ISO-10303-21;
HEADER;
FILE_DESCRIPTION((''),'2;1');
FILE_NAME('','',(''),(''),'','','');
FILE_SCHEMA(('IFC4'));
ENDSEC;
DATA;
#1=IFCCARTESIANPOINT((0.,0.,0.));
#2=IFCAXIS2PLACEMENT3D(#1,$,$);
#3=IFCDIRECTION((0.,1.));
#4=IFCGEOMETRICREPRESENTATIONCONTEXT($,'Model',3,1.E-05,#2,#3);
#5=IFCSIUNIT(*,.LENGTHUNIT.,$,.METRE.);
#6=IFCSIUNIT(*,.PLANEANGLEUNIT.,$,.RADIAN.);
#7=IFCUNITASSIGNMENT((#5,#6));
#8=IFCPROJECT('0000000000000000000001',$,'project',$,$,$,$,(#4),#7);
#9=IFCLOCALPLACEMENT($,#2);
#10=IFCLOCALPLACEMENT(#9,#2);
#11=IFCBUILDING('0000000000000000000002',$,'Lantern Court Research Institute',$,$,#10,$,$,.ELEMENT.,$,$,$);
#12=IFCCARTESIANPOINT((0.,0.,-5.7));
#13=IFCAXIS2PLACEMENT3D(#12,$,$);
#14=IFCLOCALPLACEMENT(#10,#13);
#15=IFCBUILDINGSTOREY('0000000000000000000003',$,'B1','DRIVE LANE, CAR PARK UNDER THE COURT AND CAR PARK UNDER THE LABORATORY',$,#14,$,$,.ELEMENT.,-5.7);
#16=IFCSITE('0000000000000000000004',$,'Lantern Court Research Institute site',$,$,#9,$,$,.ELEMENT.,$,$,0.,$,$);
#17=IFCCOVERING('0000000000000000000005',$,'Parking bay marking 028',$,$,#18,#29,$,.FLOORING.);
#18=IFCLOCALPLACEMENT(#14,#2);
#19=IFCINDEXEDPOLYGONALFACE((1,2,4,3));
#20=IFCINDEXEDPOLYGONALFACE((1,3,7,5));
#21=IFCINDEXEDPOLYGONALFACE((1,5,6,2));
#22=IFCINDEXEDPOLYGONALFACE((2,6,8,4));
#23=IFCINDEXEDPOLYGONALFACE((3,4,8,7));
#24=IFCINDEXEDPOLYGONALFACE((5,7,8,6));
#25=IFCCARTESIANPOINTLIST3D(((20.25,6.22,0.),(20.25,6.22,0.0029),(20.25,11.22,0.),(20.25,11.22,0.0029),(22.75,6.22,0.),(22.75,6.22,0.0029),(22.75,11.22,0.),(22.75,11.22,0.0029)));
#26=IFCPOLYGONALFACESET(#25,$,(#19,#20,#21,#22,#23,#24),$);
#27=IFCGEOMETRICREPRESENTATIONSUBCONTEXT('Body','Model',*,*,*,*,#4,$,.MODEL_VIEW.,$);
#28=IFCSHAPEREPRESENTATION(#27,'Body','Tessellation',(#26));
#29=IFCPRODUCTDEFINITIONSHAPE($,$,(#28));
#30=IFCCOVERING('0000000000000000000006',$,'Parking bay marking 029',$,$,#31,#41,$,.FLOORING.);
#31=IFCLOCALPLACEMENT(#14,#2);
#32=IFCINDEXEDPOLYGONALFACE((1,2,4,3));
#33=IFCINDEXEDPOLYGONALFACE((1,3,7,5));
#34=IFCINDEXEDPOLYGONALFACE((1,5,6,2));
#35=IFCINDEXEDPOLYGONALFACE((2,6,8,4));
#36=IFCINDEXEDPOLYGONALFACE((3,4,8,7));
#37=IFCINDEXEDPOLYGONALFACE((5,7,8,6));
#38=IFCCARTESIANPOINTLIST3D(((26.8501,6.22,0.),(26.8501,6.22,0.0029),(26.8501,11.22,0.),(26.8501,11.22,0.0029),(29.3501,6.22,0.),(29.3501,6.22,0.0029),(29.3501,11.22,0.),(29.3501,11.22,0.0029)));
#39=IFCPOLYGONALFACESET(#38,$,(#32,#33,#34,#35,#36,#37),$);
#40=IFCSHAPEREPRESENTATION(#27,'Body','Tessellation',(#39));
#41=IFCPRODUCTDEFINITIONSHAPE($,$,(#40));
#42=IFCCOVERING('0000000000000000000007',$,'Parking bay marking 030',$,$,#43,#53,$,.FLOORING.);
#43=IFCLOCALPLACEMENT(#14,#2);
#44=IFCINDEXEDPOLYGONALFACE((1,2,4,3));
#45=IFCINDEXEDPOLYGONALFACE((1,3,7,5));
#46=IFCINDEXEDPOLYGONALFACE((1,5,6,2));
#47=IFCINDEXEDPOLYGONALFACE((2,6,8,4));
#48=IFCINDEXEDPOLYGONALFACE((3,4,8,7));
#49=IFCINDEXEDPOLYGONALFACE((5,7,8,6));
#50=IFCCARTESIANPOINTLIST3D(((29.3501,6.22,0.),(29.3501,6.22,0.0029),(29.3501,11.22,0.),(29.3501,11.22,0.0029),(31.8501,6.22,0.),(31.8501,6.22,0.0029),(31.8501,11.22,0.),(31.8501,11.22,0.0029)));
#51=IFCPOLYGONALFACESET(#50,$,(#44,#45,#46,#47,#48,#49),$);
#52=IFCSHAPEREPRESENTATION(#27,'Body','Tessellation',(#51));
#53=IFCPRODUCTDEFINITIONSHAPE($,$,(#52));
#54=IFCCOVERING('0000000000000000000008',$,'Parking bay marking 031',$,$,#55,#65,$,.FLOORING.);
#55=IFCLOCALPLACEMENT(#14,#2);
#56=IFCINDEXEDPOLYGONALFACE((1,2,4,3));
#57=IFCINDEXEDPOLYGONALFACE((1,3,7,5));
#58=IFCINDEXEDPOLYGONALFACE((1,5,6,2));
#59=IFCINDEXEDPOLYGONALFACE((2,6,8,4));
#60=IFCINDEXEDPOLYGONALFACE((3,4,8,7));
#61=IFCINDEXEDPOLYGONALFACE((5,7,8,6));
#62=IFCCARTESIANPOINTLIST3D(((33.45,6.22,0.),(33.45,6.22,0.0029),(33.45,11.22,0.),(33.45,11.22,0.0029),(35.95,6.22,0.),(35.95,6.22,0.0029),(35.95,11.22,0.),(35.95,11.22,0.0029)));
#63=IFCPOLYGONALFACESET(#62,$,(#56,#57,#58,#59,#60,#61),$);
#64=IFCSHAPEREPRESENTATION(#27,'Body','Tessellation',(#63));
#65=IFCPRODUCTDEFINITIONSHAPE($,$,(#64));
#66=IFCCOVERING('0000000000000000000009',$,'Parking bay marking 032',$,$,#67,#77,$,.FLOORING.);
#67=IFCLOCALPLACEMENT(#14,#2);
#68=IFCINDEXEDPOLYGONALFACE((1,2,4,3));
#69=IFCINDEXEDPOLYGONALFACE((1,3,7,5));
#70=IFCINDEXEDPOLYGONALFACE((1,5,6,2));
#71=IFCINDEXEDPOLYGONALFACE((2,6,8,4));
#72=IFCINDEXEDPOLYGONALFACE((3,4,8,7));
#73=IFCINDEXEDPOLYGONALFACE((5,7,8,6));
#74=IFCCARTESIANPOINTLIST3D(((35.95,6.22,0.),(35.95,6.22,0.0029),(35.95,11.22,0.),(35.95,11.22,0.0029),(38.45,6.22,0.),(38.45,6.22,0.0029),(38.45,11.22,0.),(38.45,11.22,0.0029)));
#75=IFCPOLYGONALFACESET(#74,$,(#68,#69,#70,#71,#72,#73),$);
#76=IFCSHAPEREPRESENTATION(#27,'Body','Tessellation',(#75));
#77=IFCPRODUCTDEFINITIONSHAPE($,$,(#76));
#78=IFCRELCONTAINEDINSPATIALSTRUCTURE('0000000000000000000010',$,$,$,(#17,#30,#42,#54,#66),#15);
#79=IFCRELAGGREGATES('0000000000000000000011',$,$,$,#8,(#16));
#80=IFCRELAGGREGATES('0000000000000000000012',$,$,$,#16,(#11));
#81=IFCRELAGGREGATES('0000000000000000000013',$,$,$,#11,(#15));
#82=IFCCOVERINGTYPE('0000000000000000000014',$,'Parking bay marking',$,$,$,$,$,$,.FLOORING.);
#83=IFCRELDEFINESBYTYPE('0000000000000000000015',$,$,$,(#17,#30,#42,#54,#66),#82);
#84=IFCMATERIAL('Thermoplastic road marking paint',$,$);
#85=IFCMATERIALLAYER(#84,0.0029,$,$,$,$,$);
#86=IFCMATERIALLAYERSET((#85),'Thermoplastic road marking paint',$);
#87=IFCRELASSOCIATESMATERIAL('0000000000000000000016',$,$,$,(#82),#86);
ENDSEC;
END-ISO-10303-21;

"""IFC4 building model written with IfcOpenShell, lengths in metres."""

from ifc_helpers import new_model, si_unit, direction, frame, origin, place, context, subcontext, project, spatial, polyline, outline, extrude, material, layer, layer_set, type_object, element, save


model = new_model("IFC4")

# Units and contexts
model_context = context("Model", 3, precision=1e-05, world=origin(), true_north=direction((0.0, 1.0)))
body_context = subcontext(model_context, "Body", "Model", "MODEL_VIEW")
ifc_project = project(units=[si_unit("LENGTHUNIT", "METRE"), si_unit("PLANEANGLEUNIT", "RADIAN")], contexts=[model_context])

# Site, building, storey
site_placement = place(None, origin())
site = spatial("IfcSite", under=ifc_project, at=site_placement, Name="Lantern Court Research Institute site", CompositionType="ELEMENT", RefElevation=0.0)
building_placement = place(site_placement, origin())
building = spatial("IfcBuilding", under=site, at=building_placement, Name="Lantern Court Research Institute", CompositionType="ELEMENT")
storey_placement = place(building_placement, frame((0.0, 0.0, -5.7)))
storey = spatial("IfcBuildingStorey", under=building, at=storey_placement, Name="B1", Description="DRIVE LANE, CAR PARK UNDER THE COURT AND CAR PARK UNDER THE LABORATORY", CompositionType="ELEMENT", Elevation=-5.7)

# Coverings
ifc_material_1 = material(Name="Thermoplastic road marking paint")
ifc_layer_1 = layer(ifc_material_1, 0.0029)
ifc_layer_set_1 = layer_set([ifc_layer_1], Name="Thermoplastic road marking paint")
covering_type_1 = type_object("IfcCoveringType", Name="Parking bay marking", PredefinedType="FLOORING", material=ifc_layer_set_1)
covering_1_placement = place(storey_placement, origin())
element("IfcCovering", 1, at=covering_1_placement, inside=storey, type_object=covering_type_1, Name="Parking bay marking 028", PredefinedType="FLOORING", context=body_context, shape_type="SweptSolid", body=[
    extrude(outline(polyline([(20.25, 6.22), (22.75, 6.22), (22.75, 11.22), (20.25, 11.22), (20.25, 6.22)])), origin(), (0.0, 0.0, 1.0), 0.0029),
])
covering_2_placement = place(storey_placement, origin())
element("IfcCovering", 2, at=covering_2_placement, inside=storey, type_object=covering_type_1, Name="Parking bay marking 029", PredefinedType="FLOORING", context=body_context, shape_type="SweptSolid", body=[
    extrude(outline(polyline([(26.8501, 6.22), (29.3501, 6.22), (29.3501, 11.22), (26.8501, 11.22), (26.8501, 6.22)])), origin(), (0.0, 0.0, 1.0), 0.0029),
])
covering_3_placement = place(storey_placement, origin())
element("IfcCovering", 3, at=covering_3_placement, inside=storey, type_object=covering_type_1, Name="Parking bay marking 030", PredefinedType="FLOORING", context=body_context, shape_type="SweptSolid", body=[
    extrude(outline(polyline([(29.3501, 6.22), (31.8501, 6.22), (31.8501, 11.22), (29.3501, 11.22), (29.3501, 6.22)])), origin(), (0.0, 0.0, 1.0), 0.0029),
])
covering_4_placement = place(storey_placement, origin())
element("IfcCovering", 4, at=covering_4_placement, inside=storey, type_object=covering_type_1, Name="Parking bay marking 031", PredefinedType="FLOORING", context=body_context, shape_type="SweptSolid", body=[
    extrude(outline(polyline([(33.45, 6.22), (35.95, 6.22), (35.95, 11.22), (33.45, 11.22), (33.45, 6.22)])), origin(), (0.0, 0.0, 1.0), 0.0029),
])
covering_5_placement = place(storey_placement, origin())
element("IfcCovering", 5, at=covering_5_placement, inside=storey, type_object=covering_type_1, Name="Parking bay marking 032", PredefinedType="FLOORING", context=body_context, shape_type="SweptSolid", body=[
    extrude(outline(polyline([(35.95, 6.22), (38.45, 6.22), (38.45, 11.22), (35.95, 11.22), (35.95, 6.22)])), origin(), (0.0, 0.0, 1.0), 0.0029),
])

save(model, "model.ifc")
